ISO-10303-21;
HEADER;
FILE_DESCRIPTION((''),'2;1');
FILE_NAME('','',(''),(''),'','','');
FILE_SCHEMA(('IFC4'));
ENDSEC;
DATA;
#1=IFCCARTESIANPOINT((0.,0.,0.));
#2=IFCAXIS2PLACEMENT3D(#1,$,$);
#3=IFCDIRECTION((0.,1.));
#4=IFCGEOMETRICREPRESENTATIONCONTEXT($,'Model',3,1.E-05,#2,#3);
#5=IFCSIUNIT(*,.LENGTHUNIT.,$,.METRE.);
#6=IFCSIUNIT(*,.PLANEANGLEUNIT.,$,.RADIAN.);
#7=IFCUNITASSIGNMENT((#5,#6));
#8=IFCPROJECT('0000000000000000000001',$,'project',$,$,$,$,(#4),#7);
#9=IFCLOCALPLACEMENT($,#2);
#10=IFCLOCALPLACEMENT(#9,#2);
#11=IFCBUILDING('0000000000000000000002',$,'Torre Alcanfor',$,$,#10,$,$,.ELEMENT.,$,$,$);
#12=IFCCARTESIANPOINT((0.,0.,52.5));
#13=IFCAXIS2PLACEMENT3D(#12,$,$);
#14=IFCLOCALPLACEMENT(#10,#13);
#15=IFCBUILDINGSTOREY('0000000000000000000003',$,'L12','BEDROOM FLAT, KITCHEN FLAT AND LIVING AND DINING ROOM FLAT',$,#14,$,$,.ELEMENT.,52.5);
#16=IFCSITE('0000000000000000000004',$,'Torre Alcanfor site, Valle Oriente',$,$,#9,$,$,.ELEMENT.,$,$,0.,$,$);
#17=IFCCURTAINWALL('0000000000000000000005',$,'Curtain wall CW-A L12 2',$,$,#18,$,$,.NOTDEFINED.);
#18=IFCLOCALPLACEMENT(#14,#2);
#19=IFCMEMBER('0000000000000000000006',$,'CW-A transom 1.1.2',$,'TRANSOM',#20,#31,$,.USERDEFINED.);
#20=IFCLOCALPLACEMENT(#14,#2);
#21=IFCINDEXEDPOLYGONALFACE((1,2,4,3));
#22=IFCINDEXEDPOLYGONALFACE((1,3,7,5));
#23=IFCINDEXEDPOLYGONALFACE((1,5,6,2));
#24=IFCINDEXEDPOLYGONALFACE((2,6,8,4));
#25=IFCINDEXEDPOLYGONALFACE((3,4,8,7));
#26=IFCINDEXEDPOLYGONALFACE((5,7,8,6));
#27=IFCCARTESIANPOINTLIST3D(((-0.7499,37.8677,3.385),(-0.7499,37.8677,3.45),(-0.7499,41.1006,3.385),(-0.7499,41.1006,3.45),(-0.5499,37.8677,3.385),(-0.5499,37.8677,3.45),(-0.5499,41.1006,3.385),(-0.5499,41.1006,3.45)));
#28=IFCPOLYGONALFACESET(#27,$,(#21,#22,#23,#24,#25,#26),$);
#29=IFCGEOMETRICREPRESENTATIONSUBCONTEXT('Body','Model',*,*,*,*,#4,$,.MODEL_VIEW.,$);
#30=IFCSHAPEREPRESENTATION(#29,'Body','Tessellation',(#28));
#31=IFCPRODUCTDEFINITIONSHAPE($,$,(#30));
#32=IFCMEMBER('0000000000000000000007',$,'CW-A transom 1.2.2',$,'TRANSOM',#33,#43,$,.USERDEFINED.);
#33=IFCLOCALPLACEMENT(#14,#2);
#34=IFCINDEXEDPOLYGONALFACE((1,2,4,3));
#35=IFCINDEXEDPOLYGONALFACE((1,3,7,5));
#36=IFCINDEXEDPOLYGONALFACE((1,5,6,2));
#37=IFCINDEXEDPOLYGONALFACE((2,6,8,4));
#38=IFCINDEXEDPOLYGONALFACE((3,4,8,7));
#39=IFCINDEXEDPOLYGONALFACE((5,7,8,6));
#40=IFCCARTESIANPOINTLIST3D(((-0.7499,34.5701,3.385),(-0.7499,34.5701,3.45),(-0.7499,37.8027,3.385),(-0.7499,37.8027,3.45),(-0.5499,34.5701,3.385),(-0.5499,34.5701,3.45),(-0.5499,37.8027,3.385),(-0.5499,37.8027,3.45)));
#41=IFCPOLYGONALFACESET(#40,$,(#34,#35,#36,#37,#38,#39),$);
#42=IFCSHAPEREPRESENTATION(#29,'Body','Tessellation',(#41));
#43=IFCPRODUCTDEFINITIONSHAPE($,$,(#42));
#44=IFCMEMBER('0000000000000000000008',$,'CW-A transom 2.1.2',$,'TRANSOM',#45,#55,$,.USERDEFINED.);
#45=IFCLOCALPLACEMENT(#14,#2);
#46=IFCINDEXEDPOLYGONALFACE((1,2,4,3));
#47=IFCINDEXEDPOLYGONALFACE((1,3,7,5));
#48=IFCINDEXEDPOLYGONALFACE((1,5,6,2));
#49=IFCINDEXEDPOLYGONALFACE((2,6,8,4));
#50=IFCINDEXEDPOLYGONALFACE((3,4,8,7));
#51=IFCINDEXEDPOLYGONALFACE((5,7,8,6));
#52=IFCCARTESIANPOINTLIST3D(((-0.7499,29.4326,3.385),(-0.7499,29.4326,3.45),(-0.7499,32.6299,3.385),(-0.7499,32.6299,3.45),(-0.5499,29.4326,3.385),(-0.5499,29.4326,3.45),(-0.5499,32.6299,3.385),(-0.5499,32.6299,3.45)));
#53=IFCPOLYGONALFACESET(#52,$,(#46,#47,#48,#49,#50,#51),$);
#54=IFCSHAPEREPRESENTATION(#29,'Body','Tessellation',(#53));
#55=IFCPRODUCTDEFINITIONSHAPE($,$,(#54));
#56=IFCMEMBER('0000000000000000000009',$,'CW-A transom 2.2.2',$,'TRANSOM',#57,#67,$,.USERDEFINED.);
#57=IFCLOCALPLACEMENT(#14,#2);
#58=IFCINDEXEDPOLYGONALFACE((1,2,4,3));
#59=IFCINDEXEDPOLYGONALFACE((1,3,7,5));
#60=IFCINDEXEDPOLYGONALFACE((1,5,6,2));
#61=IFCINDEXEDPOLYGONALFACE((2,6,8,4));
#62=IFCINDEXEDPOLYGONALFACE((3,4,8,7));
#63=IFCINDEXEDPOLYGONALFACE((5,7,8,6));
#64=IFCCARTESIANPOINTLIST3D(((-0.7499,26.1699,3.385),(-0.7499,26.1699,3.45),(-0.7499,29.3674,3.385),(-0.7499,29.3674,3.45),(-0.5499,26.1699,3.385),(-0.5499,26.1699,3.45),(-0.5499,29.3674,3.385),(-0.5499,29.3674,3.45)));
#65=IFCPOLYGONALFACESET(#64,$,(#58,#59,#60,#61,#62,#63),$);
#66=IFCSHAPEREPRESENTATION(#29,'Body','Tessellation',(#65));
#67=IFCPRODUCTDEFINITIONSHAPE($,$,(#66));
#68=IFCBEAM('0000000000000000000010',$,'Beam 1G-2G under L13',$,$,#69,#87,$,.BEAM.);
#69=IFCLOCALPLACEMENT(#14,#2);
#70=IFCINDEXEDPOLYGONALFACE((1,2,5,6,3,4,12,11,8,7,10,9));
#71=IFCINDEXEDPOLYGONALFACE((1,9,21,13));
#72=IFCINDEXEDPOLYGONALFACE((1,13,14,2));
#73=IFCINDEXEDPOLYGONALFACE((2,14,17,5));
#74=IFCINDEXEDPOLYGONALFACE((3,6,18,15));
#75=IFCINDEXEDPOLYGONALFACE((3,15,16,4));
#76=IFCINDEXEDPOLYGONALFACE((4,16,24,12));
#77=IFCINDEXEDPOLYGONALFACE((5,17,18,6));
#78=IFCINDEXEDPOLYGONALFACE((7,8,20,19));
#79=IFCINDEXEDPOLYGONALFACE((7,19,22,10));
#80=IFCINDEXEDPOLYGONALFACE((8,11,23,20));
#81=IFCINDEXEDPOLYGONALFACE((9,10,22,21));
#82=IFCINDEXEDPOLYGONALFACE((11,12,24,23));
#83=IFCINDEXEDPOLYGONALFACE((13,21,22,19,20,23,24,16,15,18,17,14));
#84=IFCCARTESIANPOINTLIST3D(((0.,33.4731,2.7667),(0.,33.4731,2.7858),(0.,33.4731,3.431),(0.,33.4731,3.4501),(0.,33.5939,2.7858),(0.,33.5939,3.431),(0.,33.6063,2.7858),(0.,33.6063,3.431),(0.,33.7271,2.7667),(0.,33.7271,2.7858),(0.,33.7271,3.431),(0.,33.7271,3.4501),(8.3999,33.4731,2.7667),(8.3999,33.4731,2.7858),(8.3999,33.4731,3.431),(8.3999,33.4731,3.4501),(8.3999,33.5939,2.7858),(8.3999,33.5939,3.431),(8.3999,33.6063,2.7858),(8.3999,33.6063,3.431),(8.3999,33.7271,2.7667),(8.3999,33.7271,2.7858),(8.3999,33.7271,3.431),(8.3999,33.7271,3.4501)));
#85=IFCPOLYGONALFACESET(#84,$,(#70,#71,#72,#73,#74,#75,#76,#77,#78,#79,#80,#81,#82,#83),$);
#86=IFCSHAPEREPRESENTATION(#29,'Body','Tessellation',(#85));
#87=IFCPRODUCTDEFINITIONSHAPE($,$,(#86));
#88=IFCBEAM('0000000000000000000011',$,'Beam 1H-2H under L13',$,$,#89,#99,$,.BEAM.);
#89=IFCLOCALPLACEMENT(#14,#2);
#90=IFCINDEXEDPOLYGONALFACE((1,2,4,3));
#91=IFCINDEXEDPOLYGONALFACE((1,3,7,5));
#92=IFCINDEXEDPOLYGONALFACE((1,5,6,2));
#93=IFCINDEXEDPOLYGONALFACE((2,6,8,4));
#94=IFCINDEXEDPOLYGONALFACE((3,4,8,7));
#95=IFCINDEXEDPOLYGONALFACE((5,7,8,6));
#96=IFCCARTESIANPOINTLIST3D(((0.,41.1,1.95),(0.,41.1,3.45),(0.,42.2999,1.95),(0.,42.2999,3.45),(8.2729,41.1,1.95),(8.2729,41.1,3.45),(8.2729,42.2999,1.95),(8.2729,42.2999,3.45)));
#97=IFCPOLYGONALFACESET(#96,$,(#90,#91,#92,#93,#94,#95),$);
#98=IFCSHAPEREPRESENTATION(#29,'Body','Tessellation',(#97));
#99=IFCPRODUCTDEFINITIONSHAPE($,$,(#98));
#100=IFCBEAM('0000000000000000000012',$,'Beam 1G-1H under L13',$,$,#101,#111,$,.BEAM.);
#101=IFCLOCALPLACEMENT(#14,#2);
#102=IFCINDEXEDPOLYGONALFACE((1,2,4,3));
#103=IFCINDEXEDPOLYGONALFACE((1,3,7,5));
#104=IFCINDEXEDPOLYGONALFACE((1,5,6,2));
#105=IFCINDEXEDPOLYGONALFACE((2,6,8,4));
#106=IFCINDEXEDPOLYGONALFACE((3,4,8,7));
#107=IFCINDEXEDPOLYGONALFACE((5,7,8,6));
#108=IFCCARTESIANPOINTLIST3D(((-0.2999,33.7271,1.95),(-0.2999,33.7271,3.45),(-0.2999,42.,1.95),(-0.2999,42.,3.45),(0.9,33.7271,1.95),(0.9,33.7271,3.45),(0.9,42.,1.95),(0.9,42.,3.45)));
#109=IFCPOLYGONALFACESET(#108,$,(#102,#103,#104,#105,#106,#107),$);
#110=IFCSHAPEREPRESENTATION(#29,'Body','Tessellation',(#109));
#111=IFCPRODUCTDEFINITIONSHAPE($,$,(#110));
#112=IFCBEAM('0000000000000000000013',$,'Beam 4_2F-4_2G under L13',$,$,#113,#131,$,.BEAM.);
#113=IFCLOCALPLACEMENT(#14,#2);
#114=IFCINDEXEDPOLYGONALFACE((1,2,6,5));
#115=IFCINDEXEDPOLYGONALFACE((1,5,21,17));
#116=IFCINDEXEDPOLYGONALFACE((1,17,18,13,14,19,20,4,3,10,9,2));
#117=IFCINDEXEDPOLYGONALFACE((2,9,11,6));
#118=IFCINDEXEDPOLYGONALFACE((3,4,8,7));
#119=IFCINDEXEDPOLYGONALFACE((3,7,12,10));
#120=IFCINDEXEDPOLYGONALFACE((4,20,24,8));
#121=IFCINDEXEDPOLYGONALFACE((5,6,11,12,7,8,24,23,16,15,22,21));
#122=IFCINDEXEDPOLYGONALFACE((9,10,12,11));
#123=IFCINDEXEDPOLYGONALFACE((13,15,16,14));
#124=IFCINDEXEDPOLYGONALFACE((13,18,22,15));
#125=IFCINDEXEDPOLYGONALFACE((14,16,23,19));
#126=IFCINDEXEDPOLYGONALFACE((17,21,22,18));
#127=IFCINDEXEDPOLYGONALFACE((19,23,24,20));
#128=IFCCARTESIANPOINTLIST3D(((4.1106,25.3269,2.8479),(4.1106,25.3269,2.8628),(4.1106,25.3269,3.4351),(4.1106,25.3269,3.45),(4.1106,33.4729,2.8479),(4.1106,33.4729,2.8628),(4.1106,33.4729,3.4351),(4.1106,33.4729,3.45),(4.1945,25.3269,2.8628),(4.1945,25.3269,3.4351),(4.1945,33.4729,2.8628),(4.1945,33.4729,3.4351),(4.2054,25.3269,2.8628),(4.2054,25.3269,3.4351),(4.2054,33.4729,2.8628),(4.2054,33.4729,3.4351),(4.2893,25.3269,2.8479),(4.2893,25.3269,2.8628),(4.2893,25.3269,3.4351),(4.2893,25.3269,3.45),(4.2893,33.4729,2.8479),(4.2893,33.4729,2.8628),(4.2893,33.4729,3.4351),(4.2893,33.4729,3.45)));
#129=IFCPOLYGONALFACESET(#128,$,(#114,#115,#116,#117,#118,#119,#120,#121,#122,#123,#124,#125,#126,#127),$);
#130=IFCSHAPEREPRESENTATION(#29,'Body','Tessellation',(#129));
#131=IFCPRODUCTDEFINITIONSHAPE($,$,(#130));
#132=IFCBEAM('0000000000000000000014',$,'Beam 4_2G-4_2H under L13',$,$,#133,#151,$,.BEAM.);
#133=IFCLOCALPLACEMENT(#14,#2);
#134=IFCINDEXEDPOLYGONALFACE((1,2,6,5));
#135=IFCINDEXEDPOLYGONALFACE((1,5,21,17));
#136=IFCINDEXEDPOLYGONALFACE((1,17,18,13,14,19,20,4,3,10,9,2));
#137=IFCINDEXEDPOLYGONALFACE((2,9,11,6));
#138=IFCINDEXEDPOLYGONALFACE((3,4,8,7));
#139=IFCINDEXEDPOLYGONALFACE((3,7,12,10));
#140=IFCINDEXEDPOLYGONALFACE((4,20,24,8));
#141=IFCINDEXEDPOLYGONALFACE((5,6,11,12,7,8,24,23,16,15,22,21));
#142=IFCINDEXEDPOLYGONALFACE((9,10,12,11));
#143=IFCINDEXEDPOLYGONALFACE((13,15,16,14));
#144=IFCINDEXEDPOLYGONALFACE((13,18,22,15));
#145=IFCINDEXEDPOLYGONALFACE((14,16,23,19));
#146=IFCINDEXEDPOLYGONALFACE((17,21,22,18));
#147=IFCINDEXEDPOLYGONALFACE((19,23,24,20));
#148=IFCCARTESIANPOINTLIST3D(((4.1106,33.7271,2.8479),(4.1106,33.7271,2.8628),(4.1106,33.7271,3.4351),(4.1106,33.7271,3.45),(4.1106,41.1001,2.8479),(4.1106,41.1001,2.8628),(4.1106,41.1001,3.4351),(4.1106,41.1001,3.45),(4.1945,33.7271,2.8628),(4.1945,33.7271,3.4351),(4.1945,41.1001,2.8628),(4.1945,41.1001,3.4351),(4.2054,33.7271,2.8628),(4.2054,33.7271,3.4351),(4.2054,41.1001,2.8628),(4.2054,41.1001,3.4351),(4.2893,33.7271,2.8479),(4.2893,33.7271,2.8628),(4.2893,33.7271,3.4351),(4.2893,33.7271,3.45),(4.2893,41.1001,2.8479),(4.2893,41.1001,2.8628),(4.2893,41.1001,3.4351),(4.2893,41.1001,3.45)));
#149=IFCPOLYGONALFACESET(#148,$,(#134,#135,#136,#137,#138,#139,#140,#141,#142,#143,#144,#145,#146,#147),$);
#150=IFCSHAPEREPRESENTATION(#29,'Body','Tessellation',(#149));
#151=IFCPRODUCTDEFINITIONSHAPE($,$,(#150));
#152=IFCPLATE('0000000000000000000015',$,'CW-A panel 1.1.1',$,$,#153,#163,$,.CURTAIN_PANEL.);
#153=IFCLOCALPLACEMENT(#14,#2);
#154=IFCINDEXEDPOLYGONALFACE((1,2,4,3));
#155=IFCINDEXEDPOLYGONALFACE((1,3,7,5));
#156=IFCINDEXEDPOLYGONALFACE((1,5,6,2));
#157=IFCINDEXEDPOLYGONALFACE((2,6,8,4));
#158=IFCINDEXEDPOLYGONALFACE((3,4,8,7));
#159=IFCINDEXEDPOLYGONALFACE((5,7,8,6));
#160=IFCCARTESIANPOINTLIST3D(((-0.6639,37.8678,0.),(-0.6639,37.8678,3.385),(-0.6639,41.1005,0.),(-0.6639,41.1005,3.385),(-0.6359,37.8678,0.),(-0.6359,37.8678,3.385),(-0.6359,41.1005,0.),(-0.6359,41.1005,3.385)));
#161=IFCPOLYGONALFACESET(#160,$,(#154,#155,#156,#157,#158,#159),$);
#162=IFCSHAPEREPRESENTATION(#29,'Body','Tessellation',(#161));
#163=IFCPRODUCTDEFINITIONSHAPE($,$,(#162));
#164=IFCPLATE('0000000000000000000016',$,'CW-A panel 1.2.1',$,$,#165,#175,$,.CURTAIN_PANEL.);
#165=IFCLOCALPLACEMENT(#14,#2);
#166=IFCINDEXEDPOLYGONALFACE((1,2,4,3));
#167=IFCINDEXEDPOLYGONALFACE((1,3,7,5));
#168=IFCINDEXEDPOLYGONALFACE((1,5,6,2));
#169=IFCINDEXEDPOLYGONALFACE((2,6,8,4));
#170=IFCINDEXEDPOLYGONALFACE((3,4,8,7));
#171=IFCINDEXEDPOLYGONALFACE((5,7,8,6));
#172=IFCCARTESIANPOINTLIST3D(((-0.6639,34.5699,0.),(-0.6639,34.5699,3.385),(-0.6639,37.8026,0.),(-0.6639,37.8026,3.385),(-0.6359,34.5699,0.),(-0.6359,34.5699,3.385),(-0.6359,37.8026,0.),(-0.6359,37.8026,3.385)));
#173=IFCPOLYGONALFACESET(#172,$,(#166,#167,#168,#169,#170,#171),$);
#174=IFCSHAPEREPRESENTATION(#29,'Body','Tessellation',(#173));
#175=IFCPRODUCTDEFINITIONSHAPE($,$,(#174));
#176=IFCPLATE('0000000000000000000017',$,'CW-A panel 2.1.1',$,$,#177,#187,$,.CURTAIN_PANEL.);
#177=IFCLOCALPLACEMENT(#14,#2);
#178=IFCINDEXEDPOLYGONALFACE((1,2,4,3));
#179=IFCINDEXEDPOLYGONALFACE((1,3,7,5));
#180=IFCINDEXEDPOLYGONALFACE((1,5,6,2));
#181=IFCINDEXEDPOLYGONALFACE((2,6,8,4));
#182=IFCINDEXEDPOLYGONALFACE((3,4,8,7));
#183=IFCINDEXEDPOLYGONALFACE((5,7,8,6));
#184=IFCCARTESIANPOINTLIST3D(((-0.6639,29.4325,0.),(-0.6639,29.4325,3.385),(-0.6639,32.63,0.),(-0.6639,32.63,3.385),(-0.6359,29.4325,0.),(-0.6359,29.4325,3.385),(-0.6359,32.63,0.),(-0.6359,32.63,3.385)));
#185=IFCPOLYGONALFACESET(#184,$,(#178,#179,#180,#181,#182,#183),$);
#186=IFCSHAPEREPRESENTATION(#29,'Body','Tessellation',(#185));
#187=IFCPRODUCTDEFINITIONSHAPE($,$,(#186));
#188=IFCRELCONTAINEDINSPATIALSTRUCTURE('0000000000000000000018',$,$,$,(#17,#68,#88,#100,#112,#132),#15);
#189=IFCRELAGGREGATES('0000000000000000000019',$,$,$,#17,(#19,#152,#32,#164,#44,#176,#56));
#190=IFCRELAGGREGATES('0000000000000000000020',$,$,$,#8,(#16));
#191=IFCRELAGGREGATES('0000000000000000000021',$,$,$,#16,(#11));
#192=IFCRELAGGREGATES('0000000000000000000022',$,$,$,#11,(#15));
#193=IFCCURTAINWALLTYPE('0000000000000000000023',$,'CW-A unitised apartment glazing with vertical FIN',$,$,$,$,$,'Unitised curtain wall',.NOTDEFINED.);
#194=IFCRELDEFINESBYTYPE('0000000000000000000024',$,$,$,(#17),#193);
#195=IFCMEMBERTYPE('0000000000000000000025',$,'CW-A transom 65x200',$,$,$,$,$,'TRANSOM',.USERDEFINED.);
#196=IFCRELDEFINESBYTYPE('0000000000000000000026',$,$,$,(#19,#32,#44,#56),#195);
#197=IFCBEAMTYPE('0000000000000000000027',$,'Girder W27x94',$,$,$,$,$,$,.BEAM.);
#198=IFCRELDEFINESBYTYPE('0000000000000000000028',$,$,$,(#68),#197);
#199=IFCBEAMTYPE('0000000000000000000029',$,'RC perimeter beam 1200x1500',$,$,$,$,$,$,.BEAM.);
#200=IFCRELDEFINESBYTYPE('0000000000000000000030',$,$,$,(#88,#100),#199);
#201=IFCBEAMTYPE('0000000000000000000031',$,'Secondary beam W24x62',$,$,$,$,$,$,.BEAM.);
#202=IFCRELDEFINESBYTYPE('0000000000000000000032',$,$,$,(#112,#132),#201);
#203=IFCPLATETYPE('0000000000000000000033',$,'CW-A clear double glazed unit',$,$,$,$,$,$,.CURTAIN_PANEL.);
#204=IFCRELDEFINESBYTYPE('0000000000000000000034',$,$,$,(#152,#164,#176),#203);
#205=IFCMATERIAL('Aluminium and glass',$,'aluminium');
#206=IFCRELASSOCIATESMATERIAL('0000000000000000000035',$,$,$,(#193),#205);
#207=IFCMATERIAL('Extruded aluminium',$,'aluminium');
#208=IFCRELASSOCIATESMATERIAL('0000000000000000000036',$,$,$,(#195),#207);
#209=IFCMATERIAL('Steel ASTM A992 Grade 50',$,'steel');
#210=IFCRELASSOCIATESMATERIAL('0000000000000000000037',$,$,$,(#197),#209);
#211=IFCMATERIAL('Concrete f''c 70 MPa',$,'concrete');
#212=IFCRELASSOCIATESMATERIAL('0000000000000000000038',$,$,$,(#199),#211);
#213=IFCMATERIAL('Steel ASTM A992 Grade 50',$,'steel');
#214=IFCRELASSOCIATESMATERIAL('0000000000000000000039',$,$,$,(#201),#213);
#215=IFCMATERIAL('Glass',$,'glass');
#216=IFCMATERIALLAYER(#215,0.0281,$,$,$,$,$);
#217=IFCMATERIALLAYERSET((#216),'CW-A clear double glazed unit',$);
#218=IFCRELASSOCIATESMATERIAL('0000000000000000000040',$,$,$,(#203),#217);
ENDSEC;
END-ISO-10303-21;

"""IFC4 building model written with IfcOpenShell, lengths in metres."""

from ifc_helpers import new_model, si_unit, direction, frame, origin, origin_2d, place, context, subcontext, project, spatial, rectangle, i_section, extrude, material, layer, layer_set, material_profile, profile_set, type_object, element, aggregate, save


model = new_model("IFC4")

# Units and contexts
model_context = context("Model", 3, precision=1e-05, world=origin(), true_north=direction((0.0, 1.0)))
body_context = subcontext(model_context, "Body", "Model", "MODEL_VIEW")
ifc_project = project(units=[si_unit("LENGTHUNIT", "METRE"), si_unit("PLANEANGLEUNIT", "RADIAN")], contexts=[model_context])

# Site, building, storey
site_placement = place(None, origin())
site = spatial("IfcSite", under=ifc_project, at=site_placement, Name="Torre Alcanfor site, Valle Oriente", CompositionType="ELEMENT", RefElevation=0.0)
building_placement = place(site_placement, origin())
building = spatial("IfcBuilding", under=site, at=building_placement, Name="Torre Alcanfor", CompositionType="ELEMENT")
storey_placement = place(building_placement, frame((0.0, 0.0, 52.5)))
storey = spatial("IfcBuildingStorey", under=building, at=storey_placement, Name="L12", Description="BEDROOM FLAT, KITCHEN FLAT AND LIVING AND DINING ROOM FLAT", CompositionType="ELEMENT", Elevation=52.5)

# Curtain wall, members
ifc_material_1 = material(Name="Aluminium and glass", Category="aluminium")
curtain_wall_type = type_object("IfcCurtainWallType", Name="CW-A unitised apartment glazing with vertical FIN", ElementType="Unitised curtain wall", PredefinedType="NOTDEFINED", material=ifc_material_1)
curtain_wall_placement = place(storey_placement, origin())
curtain_wall = element("IfcCurtainWall", 1, at=curtain_wall_placement, inside=storey, type_object=curtain_wall_type, Name="Curtain wall CW-A L12 2", PredefinedType="NOTDEFINED")
ifc_material_2 = material(Name="Extruded aluminium", Category="aluminium")
ifc_material_profile_1 = material_profile(ifc_material_2, rectangle(XDim=0.2, YDim=0.0649, at=origin_2d()), Name="CW-A transom 200x65")
ifc_profile_set_1 = profile_set([ifc_material_profile_1], Name="Extruded aluminium")
member_type_1 = type_object("IfcMemberType", Name="CW-A transom 65x200", ElementType="TRANSOM", PredefinedType="USERDEFINED", material=ifc_profile_set_1)
member_1_placement = place(storey_placement, frame((-0.6499, 41.1006, 3.4175), z_axis=(0.0, -1.0, 0.0), x_axis=(1.0, 0.0, 0.0)))
member_1 = element("IfcMember", 2, at=member_1_placement, type_object=member_type_1, Name="CW-A transom 1.1.2", ObjectType="TRANSOM", PredefinedType="USERDEFINED", context=body_context, shape_type="SweptSolid", body=[
    extrude(rectangle(XDim=0.2, YDim=0.0649, at=origin_2d()), origin(), (0.0, 0.0, 1.0), 3.2329),
])
member_2_placement = place(storey_placement, frame((-0.6499, 37.8027, 3.4175), z_axis=(0.0, -1.0, 0.0), x_axis=(1.0, 0.0, 0.0)))
member_2 = element("IfcMember", 3, at=member_2_placement, type_object=member_type_1, Name="CW-A transom 1.2.2", ObjectType="TRANSOM", PredefinedType="USERDEFINED", context=body_context, shape_type="SweptSolid", body=[
    extrude(rectangle(XDim=0.2, YDim=0.0649, at=origin_2d()), origin(), (0.0, 0.0, 1.0), 3.2327),
])
member_3_placement = place(storey_placement, frame((-0.6499, 32.6299, 3.4175), z_axis=(0.0, -1.0, 0.0), x_axis=(1.0, 0.0, 0.0)))
member_3 = element("IfcMember", 4, at=member_3_placement, type_object=member_type_1, Name="CW-A transom 2.1.2", ObjectType="TRANSOM", PredefinedType="USERDEFINED", context=body_context, shape_type="SweptSolid", body=[
    extrude(rectangle(XDim=0.2, YDim=0.0649, at=origin_2d()), origin(), (0.0, 0.0, 1.0), 3.1973),
])
member_4_placement = place(storey_placement, frame((-0.6499, 29.3674, 3.4175), z_axis=(0.0, -1.0, 0.0), x_axis=(1.0, 0.0, 0.0)))
member_4 = element("IfcMember", 5, at=member_4_placement, type_object=member_type_1, Name="CW-A transom 2.2.2", ObjectType="TRANSOM", PredefinedType="USERDEFINED", context=body_context, shape_type="SweptSolid", body=[
    extrude(rectangle(XDim=0.2, YDim=0.0649, at=origin_2d()), origin(), (0.0, 0.0, 1.0), 3.1975),
])

# Beams
ifc_material_3 = material(Name="Steel ASTM A992 Grade 50", Category="steel")
ifc_material_profile_2 = material_profile(ifc_material_3, i_section(OverallWidth=0.2539, OverallDepth=0.6833, WebThickness=0.0125, FlangeThickness=0.019, at=origin_2d()), Name="W27x94")
ifc_profile_set_2 = profile_set([ifc_material_profile_2], Name="Steel ASTM A992 Grade 50")
beam_type_1 = type_object("IfcBeamType", Name="Girder W27x94", PredefinedType="BEAM", material=ifc_profile_set_2)
beam_1_placement = place(storey_placement, frame((0.0, 33.6001, 3.1084), z_axis=(1.0, 0.0, 0.0), x_axis=(0.0, 1.0, 0.0)))
element("IfcBeam", 6, at=beam_1_placement, inside=storey, type_object=beam_type_1, Name="Beam 1G-2G under L13", PredefinedType="BEAM", context=body_context, shape_type="SweptSolid", body=[
    extrude(i_section(OverallWidth=0.2539, OverallDepth=0.6833, WebThickness=0.0125, FlangeThickness=0.019, at=origin_2d()), origin(), (0.0, 0.0, 1.0), 8.3999),
])
ifc_material_4 = material(Name="Concrete f'c 70 MPa", Category="concrete")
ifc_material_profile_3 = material_profile(ifc_material_4, rectangle(XDim=1.2, YDim=1.5, at=origin_2d()), Name="1200x1500")
ifc_profile_set_3 = profile_set([ifc_material_profile_3], Name="Concrete f'c 70 MPa")
beam_type_2 = type_object("IfcBeamType", Name="RC perimeter beam 1200x1500", PredefinedType="BEAM", material=ifc_profile_set_3)
for number, where, z_axis, x_axis, name in (
    (7, (0.0, 41.7, 2.7), (1.0, 0.0, 0.0), (0.0, 1.0, 0.0), "Beam 1H-2H under L13"),
    (8, (0.3, 33.7271, 2.7), (0.0, 1.0, 0.0), (-1.0, 0.0, 0.0), "Beam 1G-1H under L13"),
):
    element("IfcBeam", number, at=place(storey_placement, frame(where, z_axis=z_axis, x_axis=x_axis)), inside=storey, type_object=beam_type_2, Name=name, PredefinedType="BEAM", context=body_context, shape_type="SweptSolid", body=[
        extrude(rectangle(XDim=1.2, YDim=1.5, at=origin_2d()), origin(), (0.0, 0.0, 1.0), 8.2729),
    ])
ifc_material_5 = material(Name="Steel ASTM A992 Grade 50", Category="steel")
ifc_material_profile_4 = material_profile(ifc_material_5, i_section(OverallWidth=0.1787, OverallDepth=0.6021, WebThickness=0.011, FlangeThickness=0.0149, at=origin_2d()), Name="W24x62")
ifc_profile_set_4 = profile_set([ifc_material_profile_4], Name="Steel ASTM A992 Grade 50")
beam_type_3 = type_object("IfcBeamType", Name="Secondary beam W24x62", PredefinedType="BEAM", material=ifc_profile_set_4)
beam_2_placement = place(storey_placement, frame((4.2, 25.3269, 3.1489), z_axis=(0.0, 1.0, 0.0), x_axis=(-1.0, 0.0, 0.0)))
element("IfcBeam", 9, at=beam_2_placement, inside=storey, type_object=beam_type_3, Name="Beam 4_2F-4_2G under L13", PredefinedType="BEAM", context=body_context, shape_type="SweptSolid", body=[
    extrude(i_section(OverallWidth=0.1787, OverallDepth=0.6021, WebThickness=0.011, FlangeThickness=0.0149, at=origin_2d()), origin(), (0.0, 0.0, 1.0), 8.146),
])
beam_3_placement = place(storey_placement, frame((4.2, 33.7271, 3.1489), z_axis=(0.0, 1.0, 0.0), x_axis=(-1.0, 0.0, 0.0)))
element("IfcBeam", 10, at=beam_3_placement, inside=storey, type_object=beam_type_3, Name="Beam 4_2G-4_2H under L13", PredefinedType="BEAM", context=body_context, shape_type="SweptSolid", body=[
    extrude(i_section(OverallWidth=0.1787, OverallDepth=0.6021, WebThickness=0.011, FlangeThickness=0.0149, at=origin_2d()), origin(), (0.0, 0.0, 1.0), 7.373),
])

# Plates
ifc_material_6 = material(Name="Glass", Category="glass")
ifc_layer_1 = layer(ifc_material_6, 0.0281)
ifc_layer_set_1 = layer_set([ifc_layer_1], Name="CW-A clear double glazed unit")
plate_type = type_object("IfcPlateType", Name="CW-A clear double glazed unit", PredefinedType="CURTAIN_PANEL", material=ifc_layer_set_1)
plate_1_placement = place(storey_placement, frame((-0.6499, 39.4841, 0.0), z_axis=(0.0, 0.0, 1.0), x_axis=(0.0, -1.0, 0.0)))
plate_1 = element("IfcPlate", 11, at=plate_1_placement, type_object=plate_type, Name="CW-A panel 1.1.1", PredefinedType="CURTAIN_PANEL", context=body_context, shape_type="SweptSolid", body=[
    extrude(rectangle(XDim=3.2327, YDim=0.0281, at=origin_2d()), origin(), (0.0, 0.0, 1.0), 3.385),
])
plate_2_placement = place(storey_placement, frame((-0.6499, 36.1863, 0.0), z_axis=(0.0, 0.0, 1.0), x_axis=(0.0, -1.0, 0.0)))
plate_2 = element("IfcPlate", 12, at=plate_2_placement, type_object=plate_type, Name="CW-A panel 1.2.1", PredefinedType="CURTAIN_PANEL", context=body_context, shape_type="SweptSolid", body=[
    extrude(rectangle(XDim=3.2327, YDim=0.0281, at=origin_2d()), origin(), (0.0, 0.0, 1.0), 3.385),
])
plate_3_placement = place(storey_placement, frame((-0.6499, 31.0312, 0.0), z_axis=(0.0, 0.0, 1.0), x_axis=(0.0, -1.0, 0.0)))
plate_3 = element("IfcPlate", 13, at=plate_3_placement, type_object=plate_type, Name="CW-A panel 2.1.1", PredefinedType="CURTAIN_PANEL", context=body_context, shape_type="SweptSolid", body=[
    extrude(rectangle(XDim=3.1975, YDim=0.0281, at=origin_2d()), origin(), (0.0, 0.0, 1.0), 3.385),
])
aggregate(curtain_wall, [member_1, plate_1, member_2, plate_2, member_3, plate_3, member_4])

save(model, "model.ifc")
